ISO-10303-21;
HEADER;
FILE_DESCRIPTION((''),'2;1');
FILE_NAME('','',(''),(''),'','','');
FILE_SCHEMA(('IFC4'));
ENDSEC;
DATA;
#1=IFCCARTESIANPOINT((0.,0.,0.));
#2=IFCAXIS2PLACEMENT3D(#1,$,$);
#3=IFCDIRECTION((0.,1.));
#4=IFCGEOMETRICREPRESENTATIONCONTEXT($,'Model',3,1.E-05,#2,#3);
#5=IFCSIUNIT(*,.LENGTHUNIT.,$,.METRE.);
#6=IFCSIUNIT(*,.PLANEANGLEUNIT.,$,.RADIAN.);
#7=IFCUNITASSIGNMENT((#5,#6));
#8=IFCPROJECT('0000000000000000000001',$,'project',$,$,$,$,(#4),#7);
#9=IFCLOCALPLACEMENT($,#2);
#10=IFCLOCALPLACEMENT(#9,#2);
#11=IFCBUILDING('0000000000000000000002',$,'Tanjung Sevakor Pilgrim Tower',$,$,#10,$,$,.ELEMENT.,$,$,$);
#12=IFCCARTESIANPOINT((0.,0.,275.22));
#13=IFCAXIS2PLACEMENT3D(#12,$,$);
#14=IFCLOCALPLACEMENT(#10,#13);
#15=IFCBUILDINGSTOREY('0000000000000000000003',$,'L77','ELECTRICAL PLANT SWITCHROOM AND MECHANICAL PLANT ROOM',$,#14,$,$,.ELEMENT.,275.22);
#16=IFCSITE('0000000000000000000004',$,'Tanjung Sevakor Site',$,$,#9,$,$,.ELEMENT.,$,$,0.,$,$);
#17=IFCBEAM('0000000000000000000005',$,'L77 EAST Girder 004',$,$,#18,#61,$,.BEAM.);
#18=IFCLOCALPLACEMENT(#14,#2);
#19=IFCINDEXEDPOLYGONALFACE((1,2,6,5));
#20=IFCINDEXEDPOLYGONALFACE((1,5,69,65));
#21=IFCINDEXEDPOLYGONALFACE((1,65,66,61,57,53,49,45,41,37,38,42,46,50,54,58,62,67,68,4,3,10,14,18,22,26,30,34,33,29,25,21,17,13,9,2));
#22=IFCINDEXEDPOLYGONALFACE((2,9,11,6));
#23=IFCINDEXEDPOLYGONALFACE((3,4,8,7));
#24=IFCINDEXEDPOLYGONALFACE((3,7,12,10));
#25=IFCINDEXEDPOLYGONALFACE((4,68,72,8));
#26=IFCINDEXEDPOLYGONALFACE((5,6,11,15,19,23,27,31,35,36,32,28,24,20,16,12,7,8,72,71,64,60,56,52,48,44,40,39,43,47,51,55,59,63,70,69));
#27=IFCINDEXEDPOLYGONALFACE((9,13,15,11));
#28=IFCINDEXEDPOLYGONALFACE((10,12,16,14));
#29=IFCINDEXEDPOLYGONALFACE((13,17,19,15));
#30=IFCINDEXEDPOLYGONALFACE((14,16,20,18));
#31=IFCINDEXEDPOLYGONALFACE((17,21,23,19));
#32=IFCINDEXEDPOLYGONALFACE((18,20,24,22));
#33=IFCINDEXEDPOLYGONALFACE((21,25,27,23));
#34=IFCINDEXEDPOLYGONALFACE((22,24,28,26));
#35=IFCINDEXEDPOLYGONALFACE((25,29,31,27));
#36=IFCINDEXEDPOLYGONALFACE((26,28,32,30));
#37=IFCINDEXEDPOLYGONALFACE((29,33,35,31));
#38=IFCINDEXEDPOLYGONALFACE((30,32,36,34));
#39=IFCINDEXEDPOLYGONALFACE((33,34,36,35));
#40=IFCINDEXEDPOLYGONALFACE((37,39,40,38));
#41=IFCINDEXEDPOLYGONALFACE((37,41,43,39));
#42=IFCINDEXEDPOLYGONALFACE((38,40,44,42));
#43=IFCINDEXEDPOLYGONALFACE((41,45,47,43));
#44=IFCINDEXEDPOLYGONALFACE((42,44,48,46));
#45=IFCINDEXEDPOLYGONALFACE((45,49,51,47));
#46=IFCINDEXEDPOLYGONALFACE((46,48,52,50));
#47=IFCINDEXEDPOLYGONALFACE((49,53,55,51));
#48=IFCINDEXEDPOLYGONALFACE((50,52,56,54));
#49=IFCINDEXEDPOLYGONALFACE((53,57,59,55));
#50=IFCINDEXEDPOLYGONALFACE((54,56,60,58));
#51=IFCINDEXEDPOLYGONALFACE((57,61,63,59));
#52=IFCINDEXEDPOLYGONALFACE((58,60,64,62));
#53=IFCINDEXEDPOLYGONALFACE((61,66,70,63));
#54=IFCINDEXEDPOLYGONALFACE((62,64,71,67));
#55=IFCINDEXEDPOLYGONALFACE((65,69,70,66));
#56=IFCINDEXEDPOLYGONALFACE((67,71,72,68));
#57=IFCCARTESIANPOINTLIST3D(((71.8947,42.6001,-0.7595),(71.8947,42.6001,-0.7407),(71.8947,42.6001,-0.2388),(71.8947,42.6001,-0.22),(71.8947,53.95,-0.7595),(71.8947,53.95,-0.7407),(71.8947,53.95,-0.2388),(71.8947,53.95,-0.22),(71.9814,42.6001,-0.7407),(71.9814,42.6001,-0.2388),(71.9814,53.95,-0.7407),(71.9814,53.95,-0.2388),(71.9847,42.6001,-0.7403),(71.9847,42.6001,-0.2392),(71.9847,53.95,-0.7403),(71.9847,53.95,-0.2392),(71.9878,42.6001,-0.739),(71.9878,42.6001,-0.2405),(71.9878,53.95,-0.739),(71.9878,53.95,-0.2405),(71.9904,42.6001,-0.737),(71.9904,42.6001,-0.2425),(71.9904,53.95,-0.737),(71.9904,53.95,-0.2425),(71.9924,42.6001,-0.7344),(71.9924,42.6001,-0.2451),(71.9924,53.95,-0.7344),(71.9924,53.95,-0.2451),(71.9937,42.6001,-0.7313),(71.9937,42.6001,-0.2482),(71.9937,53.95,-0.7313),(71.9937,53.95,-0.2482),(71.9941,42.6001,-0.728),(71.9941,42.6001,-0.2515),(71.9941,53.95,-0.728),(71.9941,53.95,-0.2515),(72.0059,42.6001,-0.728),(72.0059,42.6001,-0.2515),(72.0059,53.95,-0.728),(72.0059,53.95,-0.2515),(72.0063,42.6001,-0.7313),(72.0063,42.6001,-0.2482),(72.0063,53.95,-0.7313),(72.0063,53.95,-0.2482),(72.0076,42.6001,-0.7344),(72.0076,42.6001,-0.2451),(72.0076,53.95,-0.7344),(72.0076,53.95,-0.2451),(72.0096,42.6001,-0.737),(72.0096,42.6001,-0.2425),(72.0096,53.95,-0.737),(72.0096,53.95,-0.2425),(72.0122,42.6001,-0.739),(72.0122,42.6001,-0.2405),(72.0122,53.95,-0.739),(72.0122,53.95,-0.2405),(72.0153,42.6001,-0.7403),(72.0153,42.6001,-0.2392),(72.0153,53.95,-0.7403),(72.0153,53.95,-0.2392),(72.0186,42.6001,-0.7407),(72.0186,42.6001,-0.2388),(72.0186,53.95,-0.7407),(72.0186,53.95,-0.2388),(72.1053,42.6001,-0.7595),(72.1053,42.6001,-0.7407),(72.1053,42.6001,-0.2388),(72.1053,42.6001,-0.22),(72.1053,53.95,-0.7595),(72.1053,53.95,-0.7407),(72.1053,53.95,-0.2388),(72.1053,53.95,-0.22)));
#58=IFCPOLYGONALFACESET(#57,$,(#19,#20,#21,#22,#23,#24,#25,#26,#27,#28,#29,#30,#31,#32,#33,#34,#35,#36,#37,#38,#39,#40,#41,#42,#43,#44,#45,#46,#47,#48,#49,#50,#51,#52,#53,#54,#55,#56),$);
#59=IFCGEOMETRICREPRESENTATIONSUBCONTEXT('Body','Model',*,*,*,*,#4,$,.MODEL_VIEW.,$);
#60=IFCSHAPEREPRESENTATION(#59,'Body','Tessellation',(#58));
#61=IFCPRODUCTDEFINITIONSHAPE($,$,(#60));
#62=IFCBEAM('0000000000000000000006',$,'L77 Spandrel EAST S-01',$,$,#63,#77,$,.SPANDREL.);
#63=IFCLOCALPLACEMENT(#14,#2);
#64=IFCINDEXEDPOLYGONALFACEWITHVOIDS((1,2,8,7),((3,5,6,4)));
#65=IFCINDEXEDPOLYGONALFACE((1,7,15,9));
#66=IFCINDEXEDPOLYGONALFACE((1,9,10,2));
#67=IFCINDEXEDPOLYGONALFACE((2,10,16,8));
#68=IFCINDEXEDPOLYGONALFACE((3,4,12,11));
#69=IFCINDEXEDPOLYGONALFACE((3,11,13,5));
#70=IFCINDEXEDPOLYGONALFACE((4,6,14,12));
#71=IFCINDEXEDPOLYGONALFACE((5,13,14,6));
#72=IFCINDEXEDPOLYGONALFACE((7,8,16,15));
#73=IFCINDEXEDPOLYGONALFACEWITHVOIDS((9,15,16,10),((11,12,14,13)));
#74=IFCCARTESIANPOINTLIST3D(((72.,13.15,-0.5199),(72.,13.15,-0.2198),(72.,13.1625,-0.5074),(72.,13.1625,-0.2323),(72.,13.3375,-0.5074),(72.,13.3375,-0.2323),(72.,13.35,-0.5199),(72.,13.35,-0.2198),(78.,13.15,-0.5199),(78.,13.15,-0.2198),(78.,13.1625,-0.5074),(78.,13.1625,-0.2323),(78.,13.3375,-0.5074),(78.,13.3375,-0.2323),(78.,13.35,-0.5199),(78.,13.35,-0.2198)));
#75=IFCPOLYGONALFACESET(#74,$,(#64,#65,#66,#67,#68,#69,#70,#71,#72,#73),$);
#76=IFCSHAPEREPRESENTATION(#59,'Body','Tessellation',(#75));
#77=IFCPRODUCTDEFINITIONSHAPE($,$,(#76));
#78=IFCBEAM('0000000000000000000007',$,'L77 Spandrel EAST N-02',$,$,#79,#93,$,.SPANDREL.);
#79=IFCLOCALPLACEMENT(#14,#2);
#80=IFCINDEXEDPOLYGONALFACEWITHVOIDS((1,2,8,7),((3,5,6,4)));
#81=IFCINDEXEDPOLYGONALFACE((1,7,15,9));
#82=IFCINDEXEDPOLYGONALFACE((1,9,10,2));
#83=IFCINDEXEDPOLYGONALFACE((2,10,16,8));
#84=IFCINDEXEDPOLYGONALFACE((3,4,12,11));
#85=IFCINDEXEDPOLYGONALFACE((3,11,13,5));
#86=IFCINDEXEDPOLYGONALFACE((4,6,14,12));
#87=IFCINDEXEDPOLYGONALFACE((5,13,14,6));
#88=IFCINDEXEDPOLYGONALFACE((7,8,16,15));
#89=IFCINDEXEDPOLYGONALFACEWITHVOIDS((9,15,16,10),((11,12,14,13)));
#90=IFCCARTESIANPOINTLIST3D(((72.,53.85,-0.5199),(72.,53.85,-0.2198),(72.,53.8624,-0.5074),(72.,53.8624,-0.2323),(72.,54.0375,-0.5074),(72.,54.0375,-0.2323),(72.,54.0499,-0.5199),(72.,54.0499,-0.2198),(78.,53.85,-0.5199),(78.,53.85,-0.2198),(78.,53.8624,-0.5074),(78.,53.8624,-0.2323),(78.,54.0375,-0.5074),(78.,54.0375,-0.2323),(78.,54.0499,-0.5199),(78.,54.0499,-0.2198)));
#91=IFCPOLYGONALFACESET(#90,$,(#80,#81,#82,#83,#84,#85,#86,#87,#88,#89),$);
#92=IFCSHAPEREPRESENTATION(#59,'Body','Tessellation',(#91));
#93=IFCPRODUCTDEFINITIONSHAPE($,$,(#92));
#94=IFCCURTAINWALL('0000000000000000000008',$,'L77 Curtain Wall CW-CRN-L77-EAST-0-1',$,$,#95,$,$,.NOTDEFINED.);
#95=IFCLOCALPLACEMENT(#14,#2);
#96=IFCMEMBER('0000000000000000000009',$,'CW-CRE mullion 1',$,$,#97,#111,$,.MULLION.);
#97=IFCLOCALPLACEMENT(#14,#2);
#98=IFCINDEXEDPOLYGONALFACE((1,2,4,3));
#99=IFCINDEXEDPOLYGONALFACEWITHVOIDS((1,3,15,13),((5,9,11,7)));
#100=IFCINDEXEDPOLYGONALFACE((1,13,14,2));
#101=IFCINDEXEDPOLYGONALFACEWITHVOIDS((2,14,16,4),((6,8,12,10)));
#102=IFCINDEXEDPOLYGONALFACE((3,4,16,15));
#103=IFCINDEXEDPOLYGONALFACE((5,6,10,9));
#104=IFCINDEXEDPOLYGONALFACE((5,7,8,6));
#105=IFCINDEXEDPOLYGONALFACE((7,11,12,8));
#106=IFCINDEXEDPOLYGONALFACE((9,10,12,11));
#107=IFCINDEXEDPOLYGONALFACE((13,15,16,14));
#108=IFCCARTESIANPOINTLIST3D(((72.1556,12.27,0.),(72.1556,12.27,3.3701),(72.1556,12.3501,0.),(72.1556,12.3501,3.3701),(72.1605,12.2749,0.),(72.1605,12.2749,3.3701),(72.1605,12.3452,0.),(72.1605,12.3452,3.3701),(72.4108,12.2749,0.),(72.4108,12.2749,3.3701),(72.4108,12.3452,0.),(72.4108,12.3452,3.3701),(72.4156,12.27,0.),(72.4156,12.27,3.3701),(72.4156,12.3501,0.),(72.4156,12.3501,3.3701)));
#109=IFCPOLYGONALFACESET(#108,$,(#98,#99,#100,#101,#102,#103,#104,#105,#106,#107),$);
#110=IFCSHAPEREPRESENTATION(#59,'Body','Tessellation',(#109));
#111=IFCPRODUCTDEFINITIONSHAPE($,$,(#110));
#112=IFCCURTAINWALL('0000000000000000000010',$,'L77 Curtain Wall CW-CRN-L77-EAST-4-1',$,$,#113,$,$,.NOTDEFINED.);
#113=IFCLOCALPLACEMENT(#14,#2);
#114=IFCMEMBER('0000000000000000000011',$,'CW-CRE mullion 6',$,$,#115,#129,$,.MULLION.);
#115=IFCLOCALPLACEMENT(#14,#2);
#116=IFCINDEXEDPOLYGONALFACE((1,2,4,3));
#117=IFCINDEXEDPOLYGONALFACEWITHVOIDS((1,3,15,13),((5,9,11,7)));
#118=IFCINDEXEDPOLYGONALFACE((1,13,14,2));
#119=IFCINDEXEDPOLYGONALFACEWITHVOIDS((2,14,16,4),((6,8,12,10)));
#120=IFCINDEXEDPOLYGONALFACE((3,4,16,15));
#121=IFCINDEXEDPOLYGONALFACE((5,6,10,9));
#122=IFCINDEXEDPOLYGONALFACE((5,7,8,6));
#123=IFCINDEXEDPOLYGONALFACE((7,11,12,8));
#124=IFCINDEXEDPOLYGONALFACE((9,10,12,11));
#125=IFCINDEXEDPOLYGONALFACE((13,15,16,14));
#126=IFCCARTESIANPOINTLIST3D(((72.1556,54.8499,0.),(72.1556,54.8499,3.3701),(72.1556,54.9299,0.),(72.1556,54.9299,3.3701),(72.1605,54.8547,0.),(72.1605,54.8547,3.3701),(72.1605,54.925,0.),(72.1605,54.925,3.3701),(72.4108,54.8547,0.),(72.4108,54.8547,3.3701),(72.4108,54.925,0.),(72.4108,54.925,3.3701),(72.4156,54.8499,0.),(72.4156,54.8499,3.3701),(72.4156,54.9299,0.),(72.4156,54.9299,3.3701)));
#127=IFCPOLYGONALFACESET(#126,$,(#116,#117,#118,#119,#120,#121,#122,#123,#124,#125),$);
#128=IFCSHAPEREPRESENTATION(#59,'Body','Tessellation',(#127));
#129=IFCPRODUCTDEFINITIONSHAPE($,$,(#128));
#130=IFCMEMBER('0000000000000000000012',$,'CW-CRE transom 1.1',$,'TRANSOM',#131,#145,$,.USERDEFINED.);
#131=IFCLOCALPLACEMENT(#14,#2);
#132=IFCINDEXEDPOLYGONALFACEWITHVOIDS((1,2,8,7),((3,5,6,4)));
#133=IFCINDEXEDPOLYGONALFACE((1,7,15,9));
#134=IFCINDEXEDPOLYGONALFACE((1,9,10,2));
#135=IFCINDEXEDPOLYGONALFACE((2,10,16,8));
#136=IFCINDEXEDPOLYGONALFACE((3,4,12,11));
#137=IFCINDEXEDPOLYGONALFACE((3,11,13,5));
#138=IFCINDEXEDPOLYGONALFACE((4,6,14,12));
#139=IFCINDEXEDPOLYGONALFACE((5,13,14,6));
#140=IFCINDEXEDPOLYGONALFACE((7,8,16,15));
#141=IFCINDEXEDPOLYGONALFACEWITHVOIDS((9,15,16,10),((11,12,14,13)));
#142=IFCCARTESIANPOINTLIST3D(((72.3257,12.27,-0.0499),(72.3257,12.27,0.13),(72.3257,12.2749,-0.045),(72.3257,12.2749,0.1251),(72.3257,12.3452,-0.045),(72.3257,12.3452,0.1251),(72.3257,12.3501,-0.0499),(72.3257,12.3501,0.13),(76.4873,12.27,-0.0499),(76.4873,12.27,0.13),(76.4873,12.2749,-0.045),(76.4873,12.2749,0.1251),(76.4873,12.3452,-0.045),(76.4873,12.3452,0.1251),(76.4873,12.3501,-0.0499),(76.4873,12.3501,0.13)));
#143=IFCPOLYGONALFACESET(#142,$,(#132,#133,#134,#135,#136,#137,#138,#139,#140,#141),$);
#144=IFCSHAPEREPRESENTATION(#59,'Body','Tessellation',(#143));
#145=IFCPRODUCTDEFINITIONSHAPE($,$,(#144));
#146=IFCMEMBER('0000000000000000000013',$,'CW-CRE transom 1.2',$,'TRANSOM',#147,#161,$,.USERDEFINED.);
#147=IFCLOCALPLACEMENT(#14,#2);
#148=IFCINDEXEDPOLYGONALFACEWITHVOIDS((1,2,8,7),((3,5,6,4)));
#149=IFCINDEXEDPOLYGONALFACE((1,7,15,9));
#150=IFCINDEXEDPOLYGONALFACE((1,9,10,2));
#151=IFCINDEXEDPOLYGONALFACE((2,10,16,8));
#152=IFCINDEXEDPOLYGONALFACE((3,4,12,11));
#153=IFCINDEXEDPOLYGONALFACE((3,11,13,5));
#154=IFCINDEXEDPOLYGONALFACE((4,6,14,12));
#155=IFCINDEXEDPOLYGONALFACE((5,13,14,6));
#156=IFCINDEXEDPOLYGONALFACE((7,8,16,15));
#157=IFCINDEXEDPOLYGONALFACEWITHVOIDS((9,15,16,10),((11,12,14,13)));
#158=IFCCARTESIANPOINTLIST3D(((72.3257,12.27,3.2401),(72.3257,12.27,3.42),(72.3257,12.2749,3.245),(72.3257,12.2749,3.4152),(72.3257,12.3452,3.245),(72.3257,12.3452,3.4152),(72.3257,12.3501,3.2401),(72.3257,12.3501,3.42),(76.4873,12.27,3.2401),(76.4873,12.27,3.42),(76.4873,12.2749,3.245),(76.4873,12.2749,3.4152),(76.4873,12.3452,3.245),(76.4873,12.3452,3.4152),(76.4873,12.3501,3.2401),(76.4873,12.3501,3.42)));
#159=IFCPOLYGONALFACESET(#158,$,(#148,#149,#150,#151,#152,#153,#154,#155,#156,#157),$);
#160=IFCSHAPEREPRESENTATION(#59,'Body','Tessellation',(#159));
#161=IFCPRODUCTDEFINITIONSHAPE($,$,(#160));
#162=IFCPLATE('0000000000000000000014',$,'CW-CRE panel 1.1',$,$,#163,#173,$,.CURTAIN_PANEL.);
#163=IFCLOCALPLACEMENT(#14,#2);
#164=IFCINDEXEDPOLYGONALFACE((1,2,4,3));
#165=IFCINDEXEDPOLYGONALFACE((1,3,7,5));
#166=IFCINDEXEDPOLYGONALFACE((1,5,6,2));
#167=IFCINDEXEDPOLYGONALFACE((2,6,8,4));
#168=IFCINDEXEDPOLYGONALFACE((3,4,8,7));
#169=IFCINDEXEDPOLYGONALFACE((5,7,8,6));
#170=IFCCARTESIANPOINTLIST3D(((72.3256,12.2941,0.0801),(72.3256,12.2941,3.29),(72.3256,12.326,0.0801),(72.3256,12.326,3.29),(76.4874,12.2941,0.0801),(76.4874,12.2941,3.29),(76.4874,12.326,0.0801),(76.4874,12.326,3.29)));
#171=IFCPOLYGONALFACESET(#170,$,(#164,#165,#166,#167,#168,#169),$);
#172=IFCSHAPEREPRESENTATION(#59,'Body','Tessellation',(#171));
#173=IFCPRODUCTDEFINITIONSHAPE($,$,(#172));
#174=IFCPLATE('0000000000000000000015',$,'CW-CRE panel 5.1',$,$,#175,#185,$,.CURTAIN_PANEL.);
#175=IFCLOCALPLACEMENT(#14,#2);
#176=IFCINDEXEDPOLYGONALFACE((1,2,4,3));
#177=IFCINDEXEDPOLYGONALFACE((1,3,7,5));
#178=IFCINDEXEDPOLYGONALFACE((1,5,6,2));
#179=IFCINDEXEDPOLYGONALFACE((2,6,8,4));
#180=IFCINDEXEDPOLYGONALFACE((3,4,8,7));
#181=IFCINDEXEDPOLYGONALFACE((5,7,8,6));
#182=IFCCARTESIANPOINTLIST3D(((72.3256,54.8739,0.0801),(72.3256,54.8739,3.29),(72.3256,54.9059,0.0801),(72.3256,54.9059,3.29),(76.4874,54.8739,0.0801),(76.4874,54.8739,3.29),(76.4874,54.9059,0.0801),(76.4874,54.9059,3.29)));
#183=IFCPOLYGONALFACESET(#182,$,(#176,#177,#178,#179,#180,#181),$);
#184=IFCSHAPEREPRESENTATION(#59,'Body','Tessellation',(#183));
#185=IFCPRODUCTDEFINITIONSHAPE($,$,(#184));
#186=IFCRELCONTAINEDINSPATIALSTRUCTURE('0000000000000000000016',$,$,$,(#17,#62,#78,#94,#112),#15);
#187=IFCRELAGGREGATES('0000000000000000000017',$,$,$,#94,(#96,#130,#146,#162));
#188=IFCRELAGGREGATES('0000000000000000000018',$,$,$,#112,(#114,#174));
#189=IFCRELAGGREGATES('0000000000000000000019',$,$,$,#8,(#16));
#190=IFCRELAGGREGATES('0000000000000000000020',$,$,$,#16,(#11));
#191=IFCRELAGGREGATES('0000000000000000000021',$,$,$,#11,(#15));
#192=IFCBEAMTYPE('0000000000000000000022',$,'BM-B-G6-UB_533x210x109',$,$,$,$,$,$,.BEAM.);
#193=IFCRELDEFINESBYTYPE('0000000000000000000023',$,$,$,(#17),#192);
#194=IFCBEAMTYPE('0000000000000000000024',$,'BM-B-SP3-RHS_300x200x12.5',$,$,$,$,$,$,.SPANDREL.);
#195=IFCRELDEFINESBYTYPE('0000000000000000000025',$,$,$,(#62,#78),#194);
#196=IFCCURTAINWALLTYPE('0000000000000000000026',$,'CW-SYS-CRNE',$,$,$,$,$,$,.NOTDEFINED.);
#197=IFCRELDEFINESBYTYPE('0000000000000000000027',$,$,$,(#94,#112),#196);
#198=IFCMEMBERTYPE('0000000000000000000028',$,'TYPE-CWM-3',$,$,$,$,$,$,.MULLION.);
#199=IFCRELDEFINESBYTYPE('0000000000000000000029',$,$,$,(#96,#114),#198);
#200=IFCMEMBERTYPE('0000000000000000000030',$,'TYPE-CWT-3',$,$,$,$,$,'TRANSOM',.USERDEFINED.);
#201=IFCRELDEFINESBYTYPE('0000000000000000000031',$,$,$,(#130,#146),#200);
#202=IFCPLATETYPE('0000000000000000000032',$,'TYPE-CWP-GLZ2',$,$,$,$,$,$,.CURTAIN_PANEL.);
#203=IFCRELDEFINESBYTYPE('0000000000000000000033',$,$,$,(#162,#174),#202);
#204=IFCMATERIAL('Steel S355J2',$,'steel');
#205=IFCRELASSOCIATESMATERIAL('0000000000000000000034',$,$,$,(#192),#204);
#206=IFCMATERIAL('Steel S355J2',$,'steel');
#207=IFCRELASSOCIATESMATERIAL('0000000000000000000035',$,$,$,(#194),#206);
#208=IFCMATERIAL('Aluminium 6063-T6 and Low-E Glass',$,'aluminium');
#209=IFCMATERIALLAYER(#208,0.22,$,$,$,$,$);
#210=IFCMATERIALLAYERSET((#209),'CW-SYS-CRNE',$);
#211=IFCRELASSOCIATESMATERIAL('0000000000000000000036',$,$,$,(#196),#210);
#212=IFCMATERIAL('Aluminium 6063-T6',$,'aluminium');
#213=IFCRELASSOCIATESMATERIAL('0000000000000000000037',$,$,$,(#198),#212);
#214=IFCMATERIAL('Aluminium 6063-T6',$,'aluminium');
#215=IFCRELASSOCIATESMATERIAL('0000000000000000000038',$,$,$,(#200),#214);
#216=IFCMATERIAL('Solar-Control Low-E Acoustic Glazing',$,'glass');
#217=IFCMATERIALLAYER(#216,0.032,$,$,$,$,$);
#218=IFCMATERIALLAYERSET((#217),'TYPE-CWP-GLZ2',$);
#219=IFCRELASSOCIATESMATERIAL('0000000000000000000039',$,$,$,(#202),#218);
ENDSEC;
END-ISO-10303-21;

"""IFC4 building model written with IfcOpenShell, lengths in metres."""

from ifc_helpers import new_model, si_unit, direction, frame, origin, origin_2d, place, context, subcontext, project, spatial, rectangle, hollow_rectangle, i_section, extrude, material, layer, layer_set, material_profile, profile_set, type_object, element, aggregate, save


model = new_model("IFC4")

# Units and contexts
model_context = context("Model", 3, precision=1e-05, world=origin(), true_north=direction((0.0, 1.0)))
body_context = subcontext(model_context, "Body", "Model", "MODEL_VIEW")
ifc_project = project(units=[si_unit("LENGTHUNIT", "METRE"), si_unit("PLANEANGLEUNIT", "RADIAN")], contexts=[model_context])

# Site, building, storey
site_placement = place(None, origin())
site = spatial("IfcSite", under=ifc_project, at=site_placement, Name="Tanjung Sevakor Site", CompositionType="ELEMENT", RefElevation=0.0)
building_placement = place(site_placement, origin())
building = spatial("IfcBuilding", under=site, at=building_placement, Name="Tanjung Sevakor Pilgrim Tower", CompositionType="ELEMENT")
storey_placement = place(building_placement, frame((0.0, 0.0, 275.22)))
storey = spatial("IfcBuildingStorey", under=building, at=storey_placement, Name="L77", Description="ELECTRICAL PLANT SWITCHROOM AND MECHANICAL PLANT ROOM", CompositionType="ELEMENT", Elevation=275.22)

# Beams
ifc_material_1 = material(Name="Steel S355J2", Category="steel")
ifc_material_profile_1 = material_profile(ifc_material_1, i_section(OverallWidth=0.2107, OverallDepth=0.5396, WebThickness=0.0117, FlangeThickness=0.0188, FilletRadius=0.0127, at=origin_2d()))
ifc_profile_set_1 = profile_set([ifc_material_profile_1], Name="Steel S355J2")
beam_type_1 = type_object("IfcBeamType", Name="BM-B-G6-UB_533x210x109", PredefinedType="BEAM", material=ifc_profile_set_1)
beam_1_placement = place(storey_placement, frame((72.0, 42.6001, -0.4897), z_axis=(0.0, 1.0, 0.0), x_axis=(-1.0, 0.0, 0.0)))
element("IfcBeam", 1, at=beam_1_placement, inside=storey, type_object=beam_type_1, Name="L77 EAST Girder 004", PredefinedType="BEAM", context=body_context, shape_type="SweptSolid", body=[
    extrude(i_section(OverallWidth=0.2107, OverallDepth=0.5396, WebThickness=0.0117, FlangeThickness=0.0188, FilletRadius=0.0127, at=origin_2d()), origin(), (0.0, 0.0, 1.0), 11.3499),
])
ifc_material_2 = material(Name="Steel S355J2", Category="steel")
ifc_material_profile_2 = material_profile(ifc_material_2, hollow_rectangle(XDim=0.2, YDim=0.3, WallThickness=0.0125, at=origin_2d()))
ifc_profile_set_2 = profile_set([ifc_material_profile_2], Name="Steel S355J2")
beam_type_2 = type_object("IfcBeamType", Name="BM-B-SP3-RHS_300x200x12.5", PredefinedType="SPANDREL", material=ifc_profile_set_2)
for number, where, z_axis, x_axis, name in (
    (2, (72.0, 13.25, -0.3699), (1.0, 0.0, 0.0), (0.0, 1.0, 0.0), "L77 Spandrel EAST S-01"),
    (3, (72.0, 53.95, -0.3699), (1.0, 0.0, 0.0), (0.0, 1.0, 0.0), "L77 Spandrel EAST N-02"),
):
    element("IfcBeam", number, at=place(storey_placement, frame(where, z_axis=z_axis, x_axis=x_axis)), inside=storey, type_object=beam_type_2, Name=name, PredefinedType="SPANDREL", context=body_context, shape_type="SweptSolid", body=[
        extrude(hollow_rectangle(XDim=0.2, YDim=0.3, WallThickness=0.0125, at=origin_2d()), origin(), (0.0, 0.0, 1.0), 6.0),
    ])

# Curtain walls, members
ifc_material_3 = material(Name="Aluminium 6063-T6 and Low-E Glass", Category="aluminium")
ifc_layer_1 = layer(ifc_material_3, 0.22)
ifc_layer_set_1 = layer_set([ifc_layer_1], Name="CW-SYS-CRNE")
curtain_wall_type = type_object("IfcCurtainWallType", Name="CW-SYS-CRNE", PredefinedType="NOTDEFINED", material=ifc_layer_set_1)
curtain_wall_1_placement = place(storey_placement, origin())
curtain_wall_1 = element("IfcCurtainWall", 4, at=curtain_wall_1_placement, inside=storey, type_object=curtain_wall_type, Name="L77 Curtain Wall CW-CRN-L77-EAST-0-1", PredefinedType="NOTDEFINED")
ifc_material_4 = material(Name="Aluminium 6063-T6", Category="aluminium")
ifc_material_profile_3 = material_profile(ifc_material_4, hollow_rectangle(XDim=0.0801, YDim=0.26, WallThickness=0.0049, at=origin_2d()))
ifc_profile_set_3 = profile_set([ifc_material_profile_3], Name="Aluminium 6063-T6")
member_type_1 = type_object("IfcMemberType", Name="TYPE-CWM-3", PredefinedType="MULLION", material=ifc_profile_set_3)
member_1_placement = place(storey_placement, frame((72.2856, 12.3101, 0.0), z_axis=(0.0, 0.0, 1.0), x_axis=(0.0, 1.0, 0.0)))
member_1 = element("IfcMember", 5, at=member_1_placement, type_object=member_type_1, Name="CW-CRE mullion 1", PredefinedType="MULLION", context=body_context, shape_type="SweptSolid", body=[
    extrude(hollow_rectangle(XDim=0.0801, YDim=0.26, WallThickness=0.0049, at=origin_2d()), origin(), (0.0, 0.0, 1.0), 3.3701),
])
curtain_wall_2_placement = place(storey_placement, origin())
curtain_wall_2 = element("IfcCurtainWall", 6, at=curtain_wall_2_placement, inside=storey, type_object=curtain_wall_type, Name="L77 Curtain Wall CW-CRN-L77-EAST-4-1", PredefinedType="NOTDEFINED")
member_2_placement = place(storey_placement, frame((72.2856, 54.8899, 0.0), z_axis=(0.0, 0.0, 1.0), x_axis=(0.0, -1.0, 0.0)))
member_2 = element("IfcMember", 7, at=member_2_placement, type_object=member_type_1, Name="CW-CRE mullion 6", PredefinedType="MULLION", context=body_context, shape_type="SweptSolid", body=[
    extrude(hollow_rectangle(XDim=0.0801, YDim=0.26, WallThickness=0.0049, at=origin_2d()), origin(), (0.0, 0.0, 1.0), 3.3701),
])

# Members
ifc_material_5 = material(Name="Aluminium 6063-T6", Category="aluminium")
ifc_material_profile_4 = material_profile(ifc_material_5, hollow_rectangle(XDim=0.0801, YDim=0.1799, WallThickness=0.0049, at=origin_2d()))
ifc_profile_set_4 = profile_set([ifc_material_profile_4], Name="Aluminium 6063-T6")
member_type_2 = type_object("IfcMemberType", Name="TYPE-CWT-3", ElementType="TRANSOM", PredefinedType="USERDEFINED", material=ifc_profile_set_4)
member_3_placement = place(storey_placement, frame((72.3257, 12.3101, 0.04), z_axis=(1.0, 0.0, 0.0), x_axis=(0.0, 1.0, 0.0)))
member_3 = element("IfcMember", 8, at=member_3_placement, type_object=member_type_2, Name="CW-CRE transom 1.1", ObjectType="TRANSOM", PredefinedType="USERDEFINED", context=body_context, shape_type="SweptSolid", body=[
    extrude(hollow_rectangle(XDim=0.0801, YDim=0.1799, WallThickness=0.0049, at=origin_2d()), origin(), (0.0, 0.0, 1.0), 4.1616),
])
member_4_placement = place(storey_placement, frame((72.3257, 12.3101, 3.3301), z_axis=(1.0, 0.0, 0.0), x_axis=(0.0, 1.0, 0.0)))
member_4 = element("IfcMember", 9, at=member_4_placement, type_object=member_type_2, Name="CW-CRE transom 1.2", ObjectType="TRANSOM", PredefinedType="USERDEFINED", context=body_context, shape_type="SweptSolid", body=[
    extrude(hollow_rectangle(XDim=0.0801, YDim=0.1799, WallThickness=0.0049, at=origin_2d()), origin(), (0.0, 0.0, 1.0), 4.1616),
])

# Plates
ifc_material_6 = material(Name="Solar-Control Low-E Acoustic Glazing", Category="glass")
ifc_layer_2 = layer(ifc_material_6, 0.032)
ifc_layer_set_2 = layer_set([ifc_layer_2], Name="TYPE-CWP-GLZ2")
plate_type = type_object("IfcPlateType", Name="TYPE-CWP-GLZ2", PredefinedType="CURTAIN_PANEL", material=ifc_layer_set_2)
plate_1_placement = place(storey_placement, frame((74.4065, 12.3101, 0.0801), z_axis=(0.0, 0.0, 1.0), x_axis=(1.0, 0.0, 0.0)))
plate_1 = element("IfcPlate", 10, at=plate_1_placement, type_object=plate_type, Name="CW-CRE panel 1.1", PredefinedType="CURTAIN_PANEL", context=body_context, shape_type="SweptSolid", body=[
    extrude(rectangle(XDim=4.1619, YDim=0.032, at=origin_2d()), origin(), (0.0, 0.0, 1.0), 3.21),
])
aggregate(curtain_wall_1, [member_1, member_3, member_4, plate_1])
plate_2_placement = place(storey_placement, frame((74.4065, 54.8899, 0.0801), z_axis=(0.0, 0.0, 1.0), x_axis=(-1.0, 0.0, 0.0)))
plate_2 = element("IfcPlate", 11, at=plate_2_placement, type_object=plate_type, Name="CW-CRE panel 5.1", PredefinedType="CURTAIN_PANEL", context=body_context, shape_type="SweptSolid", body=[
    extrude(rectangle(XDim=4.1619, YDim=0.032, at=origin_2d()), origin(), (0.0, 0.0, 1.0), 3.21),
])
aggregate(curtain_wall_2, [member_2, plate_2])

save(model, "model.ifc")
